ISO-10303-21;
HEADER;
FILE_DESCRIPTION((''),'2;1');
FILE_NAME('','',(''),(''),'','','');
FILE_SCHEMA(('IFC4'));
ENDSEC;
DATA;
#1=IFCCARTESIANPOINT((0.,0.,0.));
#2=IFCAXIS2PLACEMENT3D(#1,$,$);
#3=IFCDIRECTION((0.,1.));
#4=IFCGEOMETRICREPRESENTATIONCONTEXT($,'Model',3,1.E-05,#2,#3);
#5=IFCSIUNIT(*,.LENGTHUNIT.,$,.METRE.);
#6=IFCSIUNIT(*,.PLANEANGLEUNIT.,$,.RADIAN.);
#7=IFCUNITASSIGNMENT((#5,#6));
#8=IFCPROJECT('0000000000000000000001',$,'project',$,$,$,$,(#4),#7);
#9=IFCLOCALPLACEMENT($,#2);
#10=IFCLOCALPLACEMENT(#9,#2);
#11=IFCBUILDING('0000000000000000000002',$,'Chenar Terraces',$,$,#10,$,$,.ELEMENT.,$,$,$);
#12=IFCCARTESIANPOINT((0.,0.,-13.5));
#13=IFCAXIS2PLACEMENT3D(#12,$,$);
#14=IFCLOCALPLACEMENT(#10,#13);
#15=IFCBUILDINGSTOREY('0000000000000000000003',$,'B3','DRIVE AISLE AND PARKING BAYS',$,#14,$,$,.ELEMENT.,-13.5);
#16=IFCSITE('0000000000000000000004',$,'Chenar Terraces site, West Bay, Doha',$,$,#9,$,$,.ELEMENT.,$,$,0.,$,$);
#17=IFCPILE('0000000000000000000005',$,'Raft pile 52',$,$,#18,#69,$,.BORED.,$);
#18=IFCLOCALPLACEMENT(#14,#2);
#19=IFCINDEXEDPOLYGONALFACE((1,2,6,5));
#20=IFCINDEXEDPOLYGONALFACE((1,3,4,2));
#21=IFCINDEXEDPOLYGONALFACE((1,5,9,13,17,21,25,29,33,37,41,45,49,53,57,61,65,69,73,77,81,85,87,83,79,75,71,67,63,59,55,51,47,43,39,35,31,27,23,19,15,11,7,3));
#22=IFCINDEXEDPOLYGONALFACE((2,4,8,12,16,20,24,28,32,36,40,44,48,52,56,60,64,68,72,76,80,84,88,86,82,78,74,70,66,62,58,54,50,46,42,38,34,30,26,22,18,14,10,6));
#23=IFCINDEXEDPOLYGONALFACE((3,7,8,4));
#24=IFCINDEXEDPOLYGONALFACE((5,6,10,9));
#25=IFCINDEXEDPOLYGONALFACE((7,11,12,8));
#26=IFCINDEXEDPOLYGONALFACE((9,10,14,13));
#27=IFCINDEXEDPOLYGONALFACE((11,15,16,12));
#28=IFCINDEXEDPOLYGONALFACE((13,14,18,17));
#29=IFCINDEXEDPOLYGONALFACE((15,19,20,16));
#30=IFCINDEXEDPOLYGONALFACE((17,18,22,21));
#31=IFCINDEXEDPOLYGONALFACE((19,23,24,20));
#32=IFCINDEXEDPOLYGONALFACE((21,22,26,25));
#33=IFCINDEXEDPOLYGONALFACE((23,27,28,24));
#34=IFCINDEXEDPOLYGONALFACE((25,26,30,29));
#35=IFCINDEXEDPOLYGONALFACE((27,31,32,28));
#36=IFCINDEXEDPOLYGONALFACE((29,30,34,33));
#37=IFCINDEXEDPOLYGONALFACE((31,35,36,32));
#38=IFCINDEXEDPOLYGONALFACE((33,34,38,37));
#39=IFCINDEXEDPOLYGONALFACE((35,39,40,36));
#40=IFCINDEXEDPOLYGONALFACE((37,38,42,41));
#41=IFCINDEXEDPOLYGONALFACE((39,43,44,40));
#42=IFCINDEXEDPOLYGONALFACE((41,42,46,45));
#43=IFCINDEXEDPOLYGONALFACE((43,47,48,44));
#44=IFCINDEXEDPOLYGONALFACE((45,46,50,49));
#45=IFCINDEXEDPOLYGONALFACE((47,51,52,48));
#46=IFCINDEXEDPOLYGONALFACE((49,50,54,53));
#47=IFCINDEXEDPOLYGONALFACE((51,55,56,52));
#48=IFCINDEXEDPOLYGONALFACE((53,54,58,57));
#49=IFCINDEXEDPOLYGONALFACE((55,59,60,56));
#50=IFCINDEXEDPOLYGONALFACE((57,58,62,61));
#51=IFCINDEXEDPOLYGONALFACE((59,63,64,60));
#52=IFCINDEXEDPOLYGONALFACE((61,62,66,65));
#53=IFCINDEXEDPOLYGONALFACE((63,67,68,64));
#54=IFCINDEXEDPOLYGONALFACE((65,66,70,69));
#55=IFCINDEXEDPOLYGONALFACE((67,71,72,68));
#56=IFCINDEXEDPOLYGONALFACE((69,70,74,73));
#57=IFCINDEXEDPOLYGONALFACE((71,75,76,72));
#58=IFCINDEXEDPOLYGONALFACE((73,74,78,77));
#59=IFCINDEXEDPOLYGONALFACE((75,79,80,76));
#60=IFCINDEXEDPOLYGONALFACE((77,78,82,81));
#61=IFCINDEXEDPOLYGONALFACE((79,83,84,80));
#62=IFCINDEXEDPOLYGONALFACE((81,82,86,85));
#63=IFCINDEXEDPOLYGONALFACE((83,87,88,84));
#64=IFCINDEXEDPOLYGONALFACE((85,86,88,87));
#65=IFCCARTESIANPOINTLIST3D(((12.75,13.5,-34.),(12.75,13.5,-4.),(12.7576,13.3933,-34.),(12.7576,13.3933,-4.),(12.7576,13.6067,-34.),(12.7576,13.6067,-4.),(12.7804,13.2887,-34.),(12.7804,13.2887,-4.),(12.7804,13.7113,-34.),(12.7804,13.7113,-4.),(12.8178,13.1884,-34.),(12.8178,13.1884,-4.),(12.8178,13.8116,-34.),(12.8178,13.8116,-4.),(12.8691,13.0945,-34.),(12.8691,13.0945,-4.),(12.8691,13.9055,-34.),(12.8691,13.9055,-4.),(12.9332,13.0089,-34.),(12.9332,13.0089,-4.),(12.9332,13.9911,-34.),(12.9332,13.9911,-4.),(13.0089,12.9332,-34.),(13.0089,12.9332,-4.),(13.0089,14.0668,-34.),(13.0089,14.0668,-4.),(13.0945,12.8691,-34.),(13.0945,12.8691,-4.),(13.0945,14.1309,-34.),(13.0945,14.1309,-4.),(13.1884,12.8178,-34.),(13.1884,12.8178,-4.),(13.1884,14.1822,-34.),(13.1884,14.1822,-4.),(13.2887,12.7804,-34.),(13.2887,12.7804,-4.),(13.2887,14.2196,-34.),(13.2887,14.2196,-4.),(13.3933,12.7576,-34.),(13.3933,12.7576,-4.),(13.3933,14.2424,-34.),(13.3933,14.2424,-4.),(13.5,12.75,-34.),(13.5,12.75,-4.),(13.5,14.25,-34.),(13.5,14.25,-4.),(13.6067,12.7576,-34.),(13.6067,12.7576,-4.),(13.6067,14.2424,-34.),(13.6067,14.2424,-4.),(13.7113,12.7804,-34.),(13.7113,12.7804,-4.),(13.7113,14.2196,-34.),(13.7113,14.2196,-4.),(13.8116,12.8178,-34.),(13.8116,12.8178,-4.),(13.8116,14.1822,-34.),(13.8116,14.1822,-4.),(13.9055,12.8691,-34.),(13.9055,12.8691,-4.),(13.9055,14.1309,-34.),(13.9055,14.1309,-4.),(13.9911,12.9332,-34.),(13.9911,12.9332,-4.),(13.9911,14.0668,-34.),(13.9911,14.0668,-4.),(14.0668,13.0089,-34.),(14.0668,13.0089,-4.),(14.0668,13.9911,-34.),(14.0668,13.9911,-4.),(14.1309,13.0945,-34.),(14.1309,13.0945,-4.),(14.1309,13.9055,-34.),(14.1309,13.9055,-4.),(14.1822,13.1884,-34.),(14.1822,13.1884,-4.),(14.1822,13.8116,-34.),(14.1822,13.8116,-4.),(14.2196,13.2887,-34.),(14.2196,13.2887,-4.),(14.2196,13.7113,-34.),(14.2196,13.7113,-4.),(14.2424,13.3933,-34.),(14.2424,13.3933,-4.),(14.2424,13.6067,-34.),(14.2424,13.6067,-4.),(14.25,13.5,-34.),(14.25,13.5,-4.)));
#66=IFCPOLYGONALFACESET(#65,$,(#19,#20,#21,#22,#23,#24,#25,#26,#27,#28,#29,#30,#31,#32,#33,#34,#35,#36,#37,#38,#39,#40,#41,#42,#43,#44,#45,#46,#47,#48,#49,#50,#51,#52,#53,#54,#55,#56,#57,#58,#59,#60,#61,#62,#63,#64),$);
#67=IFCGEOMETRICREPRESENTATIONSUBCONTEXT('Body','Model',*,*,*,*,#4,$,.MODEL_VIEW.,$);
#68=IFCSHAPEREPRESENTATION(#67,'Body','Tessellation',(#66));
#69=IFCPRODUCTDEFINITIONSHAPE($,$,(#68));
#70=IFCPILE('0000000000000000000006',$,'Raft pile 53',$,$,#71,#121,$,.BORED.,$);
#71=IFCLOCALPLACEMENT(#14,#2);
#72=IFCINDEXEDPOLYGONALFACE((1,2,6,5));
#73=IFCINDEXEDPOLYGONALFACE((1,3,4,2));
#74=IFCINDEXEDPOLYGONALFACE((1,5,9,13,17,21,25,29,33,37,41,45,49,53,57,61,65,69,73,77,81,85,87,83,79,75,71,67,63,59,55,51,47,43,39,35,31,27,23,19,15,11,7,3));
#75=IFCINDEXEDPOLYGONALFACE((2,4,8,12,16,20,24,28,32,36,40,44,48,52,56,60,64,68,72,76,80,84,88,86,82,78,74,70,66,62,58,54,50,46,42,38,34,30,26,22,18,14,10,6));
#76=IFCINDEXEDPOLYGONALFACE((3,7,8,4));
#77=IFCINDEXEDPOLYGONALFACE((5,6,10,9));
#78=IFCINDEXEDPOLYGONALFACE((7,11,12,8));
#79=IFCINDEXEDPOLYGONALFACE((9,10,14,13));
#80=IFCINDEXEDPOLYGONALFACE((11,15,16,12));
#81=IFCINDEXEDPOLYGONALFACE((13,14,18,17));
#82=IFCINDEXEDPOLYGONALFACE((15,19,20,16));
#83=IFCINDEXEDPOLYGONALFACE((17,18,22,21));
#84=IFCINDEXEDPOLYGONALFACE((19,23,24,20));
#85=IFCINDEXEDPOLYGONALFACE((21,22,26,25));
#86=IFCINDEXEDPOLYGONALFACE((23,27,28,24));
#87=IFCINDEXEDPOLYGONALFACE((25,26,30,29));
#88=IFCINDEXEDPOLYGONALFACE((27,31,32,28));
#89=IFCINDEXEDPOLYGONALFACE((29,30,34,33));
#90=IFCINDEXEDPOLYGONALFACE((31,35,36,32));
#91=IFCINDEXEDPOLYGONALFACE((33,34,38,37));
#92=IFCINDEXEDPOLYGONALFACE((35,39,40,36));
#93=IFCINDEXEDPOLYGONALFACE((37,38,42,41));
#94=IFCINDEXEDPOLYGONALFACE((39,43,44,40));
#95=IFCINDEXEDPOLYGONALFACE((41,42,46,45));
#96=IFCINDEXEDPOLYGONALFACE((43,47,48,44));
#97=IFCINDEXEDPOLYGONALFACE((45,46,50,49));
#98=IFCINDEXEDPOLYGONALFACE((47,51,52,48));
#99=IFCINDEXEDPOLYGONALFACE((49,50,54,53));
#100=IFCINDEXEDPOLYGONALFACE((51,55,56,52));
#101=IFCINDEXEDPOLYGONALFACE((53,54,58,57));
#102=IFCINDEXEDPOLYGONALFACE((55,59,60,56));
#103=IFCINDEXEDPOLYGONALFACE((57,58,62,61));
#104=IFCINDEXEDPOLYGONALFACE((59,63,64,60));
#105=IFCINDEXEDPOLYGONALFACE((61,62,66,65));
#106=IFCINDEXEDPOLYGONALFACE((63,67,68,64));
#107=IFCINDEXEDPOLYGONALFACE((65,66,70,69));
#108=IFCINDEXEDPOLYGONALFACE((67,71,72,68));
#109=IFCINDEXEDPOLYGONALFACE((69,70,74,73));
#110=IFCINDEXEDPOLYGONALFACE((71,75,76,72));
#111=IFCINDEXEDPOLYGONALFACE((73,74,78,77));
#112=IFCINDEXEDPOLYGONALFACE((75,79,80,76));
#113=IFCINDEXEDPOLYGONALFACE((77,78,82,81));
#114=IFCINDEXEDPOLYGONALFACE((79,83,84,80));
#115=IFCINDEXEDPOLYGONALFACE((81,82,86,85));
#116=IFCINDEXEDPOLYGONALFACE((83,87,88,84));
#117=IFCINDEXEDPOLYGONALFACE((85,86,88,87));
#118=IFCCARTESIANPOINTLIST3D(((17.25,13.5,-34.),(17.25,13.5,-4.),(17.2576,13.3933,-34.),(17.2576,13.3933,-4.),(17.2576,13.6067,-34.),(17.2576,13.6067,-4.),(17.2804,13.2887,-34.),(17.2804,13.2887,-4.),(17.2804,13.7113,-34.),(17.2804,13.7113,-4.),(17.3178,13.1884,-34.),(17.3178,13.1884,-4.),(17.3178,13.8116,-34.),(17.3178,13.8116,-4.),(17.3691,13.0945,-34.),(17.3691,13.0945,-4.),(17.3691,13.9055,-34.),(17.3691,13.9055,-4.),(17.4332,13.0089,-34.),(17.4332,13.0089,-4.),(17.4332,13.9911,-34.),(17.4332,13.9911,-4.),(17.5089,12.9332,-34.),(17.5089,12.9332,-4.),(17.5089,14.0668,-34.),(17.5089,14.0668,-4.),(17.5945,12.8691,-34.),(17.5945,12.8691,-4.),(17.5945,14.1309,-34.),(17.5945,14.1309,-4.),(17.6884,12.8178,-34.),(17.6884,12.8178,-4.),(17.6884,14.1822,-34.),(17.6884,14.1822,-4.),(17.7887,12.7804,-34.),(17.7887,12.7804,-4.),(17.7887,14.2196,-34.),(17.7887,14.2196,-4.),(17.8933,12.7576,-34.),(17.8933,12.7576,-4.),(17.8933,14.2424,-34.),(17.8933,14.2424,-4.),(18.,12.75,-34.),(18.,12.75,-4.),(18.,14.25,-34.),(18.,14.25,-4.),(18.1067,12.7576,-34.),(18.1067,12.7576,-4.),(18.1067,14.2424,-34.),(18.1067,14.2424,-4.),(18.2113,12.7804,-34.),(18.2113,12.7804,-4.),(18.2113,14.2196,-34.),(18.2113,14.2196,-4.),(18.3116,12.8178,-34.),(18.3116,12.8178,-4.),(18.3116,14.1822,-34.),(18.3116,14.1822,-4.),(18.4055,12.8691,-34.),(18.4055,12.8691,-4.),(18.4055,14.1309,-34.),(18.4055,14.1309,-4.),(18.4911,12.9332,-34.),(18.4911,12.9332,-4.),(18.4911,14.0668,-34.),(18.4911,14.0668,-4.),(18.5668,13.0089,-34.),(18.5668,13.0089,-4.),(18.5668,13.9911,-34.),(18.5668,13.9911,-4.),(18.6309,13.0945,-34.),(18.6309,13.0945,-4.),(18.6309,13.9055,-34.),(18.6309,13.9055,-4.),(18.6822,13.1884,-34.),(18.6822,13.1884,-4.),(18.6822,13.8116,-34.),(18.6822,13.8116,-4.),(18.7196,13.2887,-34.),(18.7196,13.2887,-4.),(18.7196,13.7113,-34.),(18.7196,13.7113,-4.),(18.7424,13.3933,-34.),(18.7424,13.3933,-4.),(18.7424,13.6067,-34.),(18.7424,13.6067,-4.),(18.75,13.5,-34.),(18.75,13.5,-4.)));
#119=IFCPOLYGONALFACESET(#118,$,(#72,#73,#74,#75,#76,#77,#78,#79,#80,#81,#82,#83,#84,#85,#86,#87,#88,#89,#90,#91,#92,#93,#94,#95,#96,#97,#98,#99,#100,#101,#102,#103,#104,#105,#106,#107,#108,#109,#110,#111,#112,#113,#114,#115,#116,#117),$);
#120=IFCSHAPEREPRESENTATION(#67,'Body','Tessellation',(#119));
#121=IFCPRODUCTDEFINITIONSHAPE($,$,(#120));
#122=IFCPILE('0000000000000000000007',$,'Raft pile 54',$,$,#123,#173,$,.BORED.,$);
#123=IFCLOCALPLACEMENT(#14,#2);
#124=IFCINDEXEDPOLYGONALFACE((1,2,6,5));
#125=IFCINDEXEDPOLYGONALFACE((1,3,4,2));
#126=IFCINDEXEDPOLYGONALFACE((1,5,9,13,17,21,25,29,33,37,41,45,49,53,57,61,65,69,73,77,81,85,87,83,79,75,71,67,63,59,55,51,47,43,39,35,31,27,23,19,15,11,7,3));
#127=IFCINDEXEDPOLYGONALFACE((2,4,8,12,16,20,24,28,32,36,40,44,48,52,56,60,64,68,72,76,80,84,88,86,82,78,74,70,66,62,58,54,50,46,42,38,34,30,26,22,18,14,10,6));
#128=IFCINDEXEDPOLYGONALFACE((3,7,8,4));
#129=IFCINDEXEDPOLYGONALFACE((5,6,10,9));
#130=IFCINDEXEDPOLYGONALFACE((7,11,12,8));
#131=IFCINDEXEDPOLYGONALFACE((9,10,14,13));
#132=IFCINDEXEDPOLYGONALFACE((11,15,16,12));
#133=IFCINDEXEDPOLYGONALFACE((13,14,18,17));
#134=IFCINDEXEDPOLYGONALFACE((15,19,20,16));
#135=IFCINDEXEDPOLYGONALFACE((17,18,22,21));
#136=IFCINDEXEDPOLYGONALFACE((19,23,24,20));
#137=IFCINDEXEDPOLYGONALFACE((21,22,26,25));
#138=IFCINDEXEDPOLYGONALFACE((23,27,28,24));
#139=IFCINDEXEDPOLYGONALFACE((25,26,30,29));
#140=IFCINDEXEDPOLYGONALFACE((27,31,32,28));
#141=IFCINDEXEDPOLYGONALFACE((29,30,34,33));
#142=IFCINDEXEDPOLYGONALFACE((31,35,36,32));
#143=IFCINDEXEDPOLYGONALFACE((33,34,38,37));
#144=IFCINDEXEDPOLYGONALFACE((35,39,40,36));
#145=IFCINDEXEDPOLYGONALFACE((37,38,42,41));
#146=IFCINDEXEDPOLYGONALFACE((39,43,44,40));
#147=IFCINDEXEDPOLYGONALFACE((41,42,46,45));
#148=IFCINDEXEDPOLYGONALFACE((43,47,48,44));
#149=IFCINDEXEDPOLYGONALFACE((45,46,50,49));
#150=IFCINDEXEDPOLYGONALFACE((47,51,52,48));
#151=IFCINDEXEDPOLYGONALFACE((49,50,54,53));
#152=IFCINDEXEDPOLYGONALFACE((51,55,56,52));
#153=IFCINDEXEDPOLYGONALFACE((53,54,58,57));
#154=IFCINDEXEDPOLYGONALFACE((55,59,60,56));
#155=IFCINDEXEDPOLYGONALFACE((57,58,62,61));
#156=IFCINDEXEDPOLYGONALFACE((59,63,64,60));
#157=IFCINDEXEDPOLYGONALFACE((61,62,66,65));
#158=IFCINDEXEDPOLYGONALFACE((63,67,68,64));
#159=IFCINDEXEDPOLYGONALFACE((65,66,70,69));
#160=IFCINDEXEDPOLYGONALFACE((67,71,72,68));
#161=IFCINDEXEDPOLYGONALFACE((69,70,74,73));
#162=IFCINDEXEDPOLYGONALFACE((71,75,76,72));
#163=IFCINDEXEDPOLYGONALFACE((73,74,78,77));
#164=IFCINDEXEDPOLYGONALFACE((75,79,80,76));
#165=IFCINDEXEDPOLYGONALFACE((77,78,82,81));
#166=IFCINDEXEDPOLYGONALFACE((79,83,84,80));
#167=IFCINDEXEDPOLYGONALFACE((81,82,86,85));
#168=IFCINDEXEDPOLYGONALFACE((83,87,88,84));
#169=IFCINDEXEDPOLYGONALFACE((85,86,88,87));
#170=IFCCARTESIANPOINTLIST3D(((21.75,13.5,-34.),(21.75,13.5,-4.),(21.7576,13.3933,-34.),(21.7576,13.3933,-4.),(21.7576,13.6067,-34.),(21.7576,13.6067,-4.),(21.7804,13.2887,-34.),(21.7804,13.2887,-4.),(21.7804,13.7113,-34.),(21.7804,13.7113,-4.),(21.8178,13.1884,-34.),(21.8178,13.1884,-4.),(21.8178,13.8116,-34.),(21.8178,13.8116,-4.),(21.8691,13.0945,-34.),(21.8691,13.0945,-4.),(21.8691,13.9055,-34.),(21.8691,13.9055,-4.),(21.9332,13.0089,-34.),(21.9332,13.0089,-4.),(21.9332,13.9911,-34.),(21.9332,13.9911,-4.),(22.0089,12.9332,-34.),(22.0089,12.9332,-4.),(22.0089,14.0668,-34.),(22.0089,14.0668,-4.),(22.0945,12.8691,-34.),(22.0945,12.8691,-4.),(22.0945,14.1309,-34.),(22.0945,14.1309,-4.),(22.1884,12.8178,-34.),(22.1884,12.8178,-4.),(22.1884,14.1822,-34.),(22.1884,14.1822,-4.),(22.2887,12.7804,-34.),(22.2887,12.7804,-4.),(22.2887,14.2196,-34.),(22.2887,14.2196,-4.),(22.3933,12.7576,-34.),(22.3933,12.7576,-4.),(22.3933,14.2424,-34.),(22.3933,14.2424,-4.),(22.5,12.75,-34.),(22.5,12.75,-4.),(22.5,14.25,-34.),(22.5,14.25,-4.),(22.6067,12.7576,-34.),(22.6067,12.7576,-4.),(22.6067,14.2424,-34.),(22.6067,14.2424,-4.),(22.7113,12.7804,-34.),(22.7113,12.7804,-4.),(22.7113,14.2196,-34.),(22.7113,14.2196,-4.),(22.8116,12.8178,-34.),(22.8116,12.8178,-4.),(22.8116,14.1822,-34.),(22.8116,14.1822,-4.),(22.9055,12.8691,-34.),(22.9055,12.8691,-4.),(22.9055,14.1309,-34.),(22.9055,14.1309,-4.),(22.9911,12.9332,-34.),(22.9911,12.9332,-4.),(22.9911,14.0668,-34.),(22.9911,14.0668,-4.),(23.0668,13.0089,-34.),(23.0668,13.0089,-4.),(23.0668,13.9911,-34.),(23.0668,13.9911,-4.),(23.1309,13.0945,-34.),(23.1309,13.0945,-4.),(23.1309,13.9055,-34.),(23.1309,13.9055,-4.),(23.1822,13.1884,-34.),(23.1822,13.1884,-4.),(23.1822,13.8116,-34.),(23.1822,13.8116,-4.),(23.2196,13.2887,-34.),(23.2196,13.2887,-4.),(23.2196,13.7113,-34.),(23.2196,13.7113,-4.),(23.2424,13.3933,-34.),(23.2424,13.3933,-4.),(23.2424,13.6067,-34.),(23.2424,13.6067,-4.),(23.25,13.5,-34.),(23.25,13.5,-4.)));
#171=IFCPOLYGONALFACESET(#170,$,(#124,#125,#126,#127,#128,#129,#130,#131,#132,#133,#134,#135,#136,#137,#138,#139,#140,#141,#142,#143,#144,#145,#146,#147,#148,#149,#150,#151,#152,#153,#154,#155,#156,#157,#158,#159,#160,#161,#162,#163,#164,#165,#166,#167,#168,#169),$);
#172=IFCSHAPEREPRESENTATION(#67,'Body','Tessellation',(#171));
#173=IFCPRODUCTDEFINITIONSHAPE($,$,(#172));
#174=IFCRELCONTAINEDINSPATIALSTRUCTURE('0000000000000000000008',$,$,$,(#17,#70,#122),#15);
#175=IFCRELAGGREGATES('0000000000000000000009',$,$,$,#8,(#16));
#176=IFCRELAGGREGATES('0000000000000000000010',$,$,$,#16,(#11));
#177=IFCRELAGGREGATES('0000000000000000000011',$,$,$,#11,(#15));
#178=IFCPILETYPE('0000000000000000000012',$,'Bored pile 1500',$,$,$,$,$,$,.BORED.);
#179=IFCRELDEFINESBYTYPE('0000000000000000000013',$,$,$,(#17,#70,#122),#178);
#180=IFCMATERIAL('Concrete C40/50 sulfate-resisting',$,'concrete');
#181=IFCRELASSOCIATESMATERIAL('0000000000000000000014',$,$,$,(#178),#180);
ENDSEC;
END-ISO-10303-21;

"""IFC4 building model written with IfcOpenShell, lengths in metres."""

from ifc_helpers import new_model, si_unit, direction, frame, origin, origin_2d, place, context, subcontext, project, spatial, circle, extrude, material, material_profile, profile_set, type_object, element, save


model = new_model("IFC4")

# Units and contexts
model_context = context("Model", 3, precision=1e-05, world=origin(), true_north=direction((0.0, 1.0)))
body_context = subcontext(model_context, "Body", "Model", "MODEL_VIEW")
ifc_project = project(units=[si_unit("LENGTHUNIT", "METRE"), si_unit("PLANEANGLEUNIT", "RADIAN")], contexts=[model_context])

# Site, building, storey
site_placement = place(None, origin())
site = spatial("IfcSite", under=ifc_project, at=site_placement, Name="Chenar Terraces site, West Bay, Doha", CompositionType="ELEMENT", RefElevation=0.0)
building_placement = place(site_placement, origin())
building = spatial("IfcBuilding", under=site, at=building_placement, Name="Chenar Terraces", CompositionType="ELEMENT")
storey_placement = place(building_placement, frame((0.0, 0.0, -13.5)))
storey = spatial("IfcBuildingStorey", under=building, at=storey_placement, Name="B3", Description="DRIVE AISLE AND PARKING BAYS", CompositionType="ELEMENT", Elevation=-13.5)

# Piles
ifc_material_1 = material(Name="Concrete C40/50 sulfate-resisting", Category="concrete")
ifc_material_profile = material_profile(ifc_material_1, circle(Radius=0.75, at=origin_2d()), Name="BP 1500")
ifc_profile_set = profile_set([ifc_material_profile], Name="Concrete C40/50 sulfate-resisting")
pile_type = type_object("IfcPileType", Name="Bored pile 1500", PredefinedType="BORED", material=ifc_profile_set)
for number, where, z_axis, x_axis, name in (
    (1, (13.5, 13.5, -4.0), (0.0, 0.0, -1.0), (1.0, 0.0, 0.0), "Raft pile 52"),
    (2, (18.0, 13.5, -4.0), (0.0, 0.0, -1.0), (1.0, 0.0, 0.0), "Raft pile 53"),
    (3, (22.5, 13.5, -4.0), (0.0, 0.0, -1.0), (1.0, 0.0, 0.0), "Raft pile 54"),
):
    element("IfcPile", number, at=place(storey_placement, frame(where, z_axis=z_axis, x_axis=x_axis)), inside=storey, type_object=pile_type, Name=name, PredefinedType="BORED", context=body_context, shape_type="SweptSolid", body=[
        extrude(circle(Radius=0.75, at=origin_2d()), origin(), (0.0, 0.0, 1.0), 30.0),
    ])

save(model, "model.ifc")
